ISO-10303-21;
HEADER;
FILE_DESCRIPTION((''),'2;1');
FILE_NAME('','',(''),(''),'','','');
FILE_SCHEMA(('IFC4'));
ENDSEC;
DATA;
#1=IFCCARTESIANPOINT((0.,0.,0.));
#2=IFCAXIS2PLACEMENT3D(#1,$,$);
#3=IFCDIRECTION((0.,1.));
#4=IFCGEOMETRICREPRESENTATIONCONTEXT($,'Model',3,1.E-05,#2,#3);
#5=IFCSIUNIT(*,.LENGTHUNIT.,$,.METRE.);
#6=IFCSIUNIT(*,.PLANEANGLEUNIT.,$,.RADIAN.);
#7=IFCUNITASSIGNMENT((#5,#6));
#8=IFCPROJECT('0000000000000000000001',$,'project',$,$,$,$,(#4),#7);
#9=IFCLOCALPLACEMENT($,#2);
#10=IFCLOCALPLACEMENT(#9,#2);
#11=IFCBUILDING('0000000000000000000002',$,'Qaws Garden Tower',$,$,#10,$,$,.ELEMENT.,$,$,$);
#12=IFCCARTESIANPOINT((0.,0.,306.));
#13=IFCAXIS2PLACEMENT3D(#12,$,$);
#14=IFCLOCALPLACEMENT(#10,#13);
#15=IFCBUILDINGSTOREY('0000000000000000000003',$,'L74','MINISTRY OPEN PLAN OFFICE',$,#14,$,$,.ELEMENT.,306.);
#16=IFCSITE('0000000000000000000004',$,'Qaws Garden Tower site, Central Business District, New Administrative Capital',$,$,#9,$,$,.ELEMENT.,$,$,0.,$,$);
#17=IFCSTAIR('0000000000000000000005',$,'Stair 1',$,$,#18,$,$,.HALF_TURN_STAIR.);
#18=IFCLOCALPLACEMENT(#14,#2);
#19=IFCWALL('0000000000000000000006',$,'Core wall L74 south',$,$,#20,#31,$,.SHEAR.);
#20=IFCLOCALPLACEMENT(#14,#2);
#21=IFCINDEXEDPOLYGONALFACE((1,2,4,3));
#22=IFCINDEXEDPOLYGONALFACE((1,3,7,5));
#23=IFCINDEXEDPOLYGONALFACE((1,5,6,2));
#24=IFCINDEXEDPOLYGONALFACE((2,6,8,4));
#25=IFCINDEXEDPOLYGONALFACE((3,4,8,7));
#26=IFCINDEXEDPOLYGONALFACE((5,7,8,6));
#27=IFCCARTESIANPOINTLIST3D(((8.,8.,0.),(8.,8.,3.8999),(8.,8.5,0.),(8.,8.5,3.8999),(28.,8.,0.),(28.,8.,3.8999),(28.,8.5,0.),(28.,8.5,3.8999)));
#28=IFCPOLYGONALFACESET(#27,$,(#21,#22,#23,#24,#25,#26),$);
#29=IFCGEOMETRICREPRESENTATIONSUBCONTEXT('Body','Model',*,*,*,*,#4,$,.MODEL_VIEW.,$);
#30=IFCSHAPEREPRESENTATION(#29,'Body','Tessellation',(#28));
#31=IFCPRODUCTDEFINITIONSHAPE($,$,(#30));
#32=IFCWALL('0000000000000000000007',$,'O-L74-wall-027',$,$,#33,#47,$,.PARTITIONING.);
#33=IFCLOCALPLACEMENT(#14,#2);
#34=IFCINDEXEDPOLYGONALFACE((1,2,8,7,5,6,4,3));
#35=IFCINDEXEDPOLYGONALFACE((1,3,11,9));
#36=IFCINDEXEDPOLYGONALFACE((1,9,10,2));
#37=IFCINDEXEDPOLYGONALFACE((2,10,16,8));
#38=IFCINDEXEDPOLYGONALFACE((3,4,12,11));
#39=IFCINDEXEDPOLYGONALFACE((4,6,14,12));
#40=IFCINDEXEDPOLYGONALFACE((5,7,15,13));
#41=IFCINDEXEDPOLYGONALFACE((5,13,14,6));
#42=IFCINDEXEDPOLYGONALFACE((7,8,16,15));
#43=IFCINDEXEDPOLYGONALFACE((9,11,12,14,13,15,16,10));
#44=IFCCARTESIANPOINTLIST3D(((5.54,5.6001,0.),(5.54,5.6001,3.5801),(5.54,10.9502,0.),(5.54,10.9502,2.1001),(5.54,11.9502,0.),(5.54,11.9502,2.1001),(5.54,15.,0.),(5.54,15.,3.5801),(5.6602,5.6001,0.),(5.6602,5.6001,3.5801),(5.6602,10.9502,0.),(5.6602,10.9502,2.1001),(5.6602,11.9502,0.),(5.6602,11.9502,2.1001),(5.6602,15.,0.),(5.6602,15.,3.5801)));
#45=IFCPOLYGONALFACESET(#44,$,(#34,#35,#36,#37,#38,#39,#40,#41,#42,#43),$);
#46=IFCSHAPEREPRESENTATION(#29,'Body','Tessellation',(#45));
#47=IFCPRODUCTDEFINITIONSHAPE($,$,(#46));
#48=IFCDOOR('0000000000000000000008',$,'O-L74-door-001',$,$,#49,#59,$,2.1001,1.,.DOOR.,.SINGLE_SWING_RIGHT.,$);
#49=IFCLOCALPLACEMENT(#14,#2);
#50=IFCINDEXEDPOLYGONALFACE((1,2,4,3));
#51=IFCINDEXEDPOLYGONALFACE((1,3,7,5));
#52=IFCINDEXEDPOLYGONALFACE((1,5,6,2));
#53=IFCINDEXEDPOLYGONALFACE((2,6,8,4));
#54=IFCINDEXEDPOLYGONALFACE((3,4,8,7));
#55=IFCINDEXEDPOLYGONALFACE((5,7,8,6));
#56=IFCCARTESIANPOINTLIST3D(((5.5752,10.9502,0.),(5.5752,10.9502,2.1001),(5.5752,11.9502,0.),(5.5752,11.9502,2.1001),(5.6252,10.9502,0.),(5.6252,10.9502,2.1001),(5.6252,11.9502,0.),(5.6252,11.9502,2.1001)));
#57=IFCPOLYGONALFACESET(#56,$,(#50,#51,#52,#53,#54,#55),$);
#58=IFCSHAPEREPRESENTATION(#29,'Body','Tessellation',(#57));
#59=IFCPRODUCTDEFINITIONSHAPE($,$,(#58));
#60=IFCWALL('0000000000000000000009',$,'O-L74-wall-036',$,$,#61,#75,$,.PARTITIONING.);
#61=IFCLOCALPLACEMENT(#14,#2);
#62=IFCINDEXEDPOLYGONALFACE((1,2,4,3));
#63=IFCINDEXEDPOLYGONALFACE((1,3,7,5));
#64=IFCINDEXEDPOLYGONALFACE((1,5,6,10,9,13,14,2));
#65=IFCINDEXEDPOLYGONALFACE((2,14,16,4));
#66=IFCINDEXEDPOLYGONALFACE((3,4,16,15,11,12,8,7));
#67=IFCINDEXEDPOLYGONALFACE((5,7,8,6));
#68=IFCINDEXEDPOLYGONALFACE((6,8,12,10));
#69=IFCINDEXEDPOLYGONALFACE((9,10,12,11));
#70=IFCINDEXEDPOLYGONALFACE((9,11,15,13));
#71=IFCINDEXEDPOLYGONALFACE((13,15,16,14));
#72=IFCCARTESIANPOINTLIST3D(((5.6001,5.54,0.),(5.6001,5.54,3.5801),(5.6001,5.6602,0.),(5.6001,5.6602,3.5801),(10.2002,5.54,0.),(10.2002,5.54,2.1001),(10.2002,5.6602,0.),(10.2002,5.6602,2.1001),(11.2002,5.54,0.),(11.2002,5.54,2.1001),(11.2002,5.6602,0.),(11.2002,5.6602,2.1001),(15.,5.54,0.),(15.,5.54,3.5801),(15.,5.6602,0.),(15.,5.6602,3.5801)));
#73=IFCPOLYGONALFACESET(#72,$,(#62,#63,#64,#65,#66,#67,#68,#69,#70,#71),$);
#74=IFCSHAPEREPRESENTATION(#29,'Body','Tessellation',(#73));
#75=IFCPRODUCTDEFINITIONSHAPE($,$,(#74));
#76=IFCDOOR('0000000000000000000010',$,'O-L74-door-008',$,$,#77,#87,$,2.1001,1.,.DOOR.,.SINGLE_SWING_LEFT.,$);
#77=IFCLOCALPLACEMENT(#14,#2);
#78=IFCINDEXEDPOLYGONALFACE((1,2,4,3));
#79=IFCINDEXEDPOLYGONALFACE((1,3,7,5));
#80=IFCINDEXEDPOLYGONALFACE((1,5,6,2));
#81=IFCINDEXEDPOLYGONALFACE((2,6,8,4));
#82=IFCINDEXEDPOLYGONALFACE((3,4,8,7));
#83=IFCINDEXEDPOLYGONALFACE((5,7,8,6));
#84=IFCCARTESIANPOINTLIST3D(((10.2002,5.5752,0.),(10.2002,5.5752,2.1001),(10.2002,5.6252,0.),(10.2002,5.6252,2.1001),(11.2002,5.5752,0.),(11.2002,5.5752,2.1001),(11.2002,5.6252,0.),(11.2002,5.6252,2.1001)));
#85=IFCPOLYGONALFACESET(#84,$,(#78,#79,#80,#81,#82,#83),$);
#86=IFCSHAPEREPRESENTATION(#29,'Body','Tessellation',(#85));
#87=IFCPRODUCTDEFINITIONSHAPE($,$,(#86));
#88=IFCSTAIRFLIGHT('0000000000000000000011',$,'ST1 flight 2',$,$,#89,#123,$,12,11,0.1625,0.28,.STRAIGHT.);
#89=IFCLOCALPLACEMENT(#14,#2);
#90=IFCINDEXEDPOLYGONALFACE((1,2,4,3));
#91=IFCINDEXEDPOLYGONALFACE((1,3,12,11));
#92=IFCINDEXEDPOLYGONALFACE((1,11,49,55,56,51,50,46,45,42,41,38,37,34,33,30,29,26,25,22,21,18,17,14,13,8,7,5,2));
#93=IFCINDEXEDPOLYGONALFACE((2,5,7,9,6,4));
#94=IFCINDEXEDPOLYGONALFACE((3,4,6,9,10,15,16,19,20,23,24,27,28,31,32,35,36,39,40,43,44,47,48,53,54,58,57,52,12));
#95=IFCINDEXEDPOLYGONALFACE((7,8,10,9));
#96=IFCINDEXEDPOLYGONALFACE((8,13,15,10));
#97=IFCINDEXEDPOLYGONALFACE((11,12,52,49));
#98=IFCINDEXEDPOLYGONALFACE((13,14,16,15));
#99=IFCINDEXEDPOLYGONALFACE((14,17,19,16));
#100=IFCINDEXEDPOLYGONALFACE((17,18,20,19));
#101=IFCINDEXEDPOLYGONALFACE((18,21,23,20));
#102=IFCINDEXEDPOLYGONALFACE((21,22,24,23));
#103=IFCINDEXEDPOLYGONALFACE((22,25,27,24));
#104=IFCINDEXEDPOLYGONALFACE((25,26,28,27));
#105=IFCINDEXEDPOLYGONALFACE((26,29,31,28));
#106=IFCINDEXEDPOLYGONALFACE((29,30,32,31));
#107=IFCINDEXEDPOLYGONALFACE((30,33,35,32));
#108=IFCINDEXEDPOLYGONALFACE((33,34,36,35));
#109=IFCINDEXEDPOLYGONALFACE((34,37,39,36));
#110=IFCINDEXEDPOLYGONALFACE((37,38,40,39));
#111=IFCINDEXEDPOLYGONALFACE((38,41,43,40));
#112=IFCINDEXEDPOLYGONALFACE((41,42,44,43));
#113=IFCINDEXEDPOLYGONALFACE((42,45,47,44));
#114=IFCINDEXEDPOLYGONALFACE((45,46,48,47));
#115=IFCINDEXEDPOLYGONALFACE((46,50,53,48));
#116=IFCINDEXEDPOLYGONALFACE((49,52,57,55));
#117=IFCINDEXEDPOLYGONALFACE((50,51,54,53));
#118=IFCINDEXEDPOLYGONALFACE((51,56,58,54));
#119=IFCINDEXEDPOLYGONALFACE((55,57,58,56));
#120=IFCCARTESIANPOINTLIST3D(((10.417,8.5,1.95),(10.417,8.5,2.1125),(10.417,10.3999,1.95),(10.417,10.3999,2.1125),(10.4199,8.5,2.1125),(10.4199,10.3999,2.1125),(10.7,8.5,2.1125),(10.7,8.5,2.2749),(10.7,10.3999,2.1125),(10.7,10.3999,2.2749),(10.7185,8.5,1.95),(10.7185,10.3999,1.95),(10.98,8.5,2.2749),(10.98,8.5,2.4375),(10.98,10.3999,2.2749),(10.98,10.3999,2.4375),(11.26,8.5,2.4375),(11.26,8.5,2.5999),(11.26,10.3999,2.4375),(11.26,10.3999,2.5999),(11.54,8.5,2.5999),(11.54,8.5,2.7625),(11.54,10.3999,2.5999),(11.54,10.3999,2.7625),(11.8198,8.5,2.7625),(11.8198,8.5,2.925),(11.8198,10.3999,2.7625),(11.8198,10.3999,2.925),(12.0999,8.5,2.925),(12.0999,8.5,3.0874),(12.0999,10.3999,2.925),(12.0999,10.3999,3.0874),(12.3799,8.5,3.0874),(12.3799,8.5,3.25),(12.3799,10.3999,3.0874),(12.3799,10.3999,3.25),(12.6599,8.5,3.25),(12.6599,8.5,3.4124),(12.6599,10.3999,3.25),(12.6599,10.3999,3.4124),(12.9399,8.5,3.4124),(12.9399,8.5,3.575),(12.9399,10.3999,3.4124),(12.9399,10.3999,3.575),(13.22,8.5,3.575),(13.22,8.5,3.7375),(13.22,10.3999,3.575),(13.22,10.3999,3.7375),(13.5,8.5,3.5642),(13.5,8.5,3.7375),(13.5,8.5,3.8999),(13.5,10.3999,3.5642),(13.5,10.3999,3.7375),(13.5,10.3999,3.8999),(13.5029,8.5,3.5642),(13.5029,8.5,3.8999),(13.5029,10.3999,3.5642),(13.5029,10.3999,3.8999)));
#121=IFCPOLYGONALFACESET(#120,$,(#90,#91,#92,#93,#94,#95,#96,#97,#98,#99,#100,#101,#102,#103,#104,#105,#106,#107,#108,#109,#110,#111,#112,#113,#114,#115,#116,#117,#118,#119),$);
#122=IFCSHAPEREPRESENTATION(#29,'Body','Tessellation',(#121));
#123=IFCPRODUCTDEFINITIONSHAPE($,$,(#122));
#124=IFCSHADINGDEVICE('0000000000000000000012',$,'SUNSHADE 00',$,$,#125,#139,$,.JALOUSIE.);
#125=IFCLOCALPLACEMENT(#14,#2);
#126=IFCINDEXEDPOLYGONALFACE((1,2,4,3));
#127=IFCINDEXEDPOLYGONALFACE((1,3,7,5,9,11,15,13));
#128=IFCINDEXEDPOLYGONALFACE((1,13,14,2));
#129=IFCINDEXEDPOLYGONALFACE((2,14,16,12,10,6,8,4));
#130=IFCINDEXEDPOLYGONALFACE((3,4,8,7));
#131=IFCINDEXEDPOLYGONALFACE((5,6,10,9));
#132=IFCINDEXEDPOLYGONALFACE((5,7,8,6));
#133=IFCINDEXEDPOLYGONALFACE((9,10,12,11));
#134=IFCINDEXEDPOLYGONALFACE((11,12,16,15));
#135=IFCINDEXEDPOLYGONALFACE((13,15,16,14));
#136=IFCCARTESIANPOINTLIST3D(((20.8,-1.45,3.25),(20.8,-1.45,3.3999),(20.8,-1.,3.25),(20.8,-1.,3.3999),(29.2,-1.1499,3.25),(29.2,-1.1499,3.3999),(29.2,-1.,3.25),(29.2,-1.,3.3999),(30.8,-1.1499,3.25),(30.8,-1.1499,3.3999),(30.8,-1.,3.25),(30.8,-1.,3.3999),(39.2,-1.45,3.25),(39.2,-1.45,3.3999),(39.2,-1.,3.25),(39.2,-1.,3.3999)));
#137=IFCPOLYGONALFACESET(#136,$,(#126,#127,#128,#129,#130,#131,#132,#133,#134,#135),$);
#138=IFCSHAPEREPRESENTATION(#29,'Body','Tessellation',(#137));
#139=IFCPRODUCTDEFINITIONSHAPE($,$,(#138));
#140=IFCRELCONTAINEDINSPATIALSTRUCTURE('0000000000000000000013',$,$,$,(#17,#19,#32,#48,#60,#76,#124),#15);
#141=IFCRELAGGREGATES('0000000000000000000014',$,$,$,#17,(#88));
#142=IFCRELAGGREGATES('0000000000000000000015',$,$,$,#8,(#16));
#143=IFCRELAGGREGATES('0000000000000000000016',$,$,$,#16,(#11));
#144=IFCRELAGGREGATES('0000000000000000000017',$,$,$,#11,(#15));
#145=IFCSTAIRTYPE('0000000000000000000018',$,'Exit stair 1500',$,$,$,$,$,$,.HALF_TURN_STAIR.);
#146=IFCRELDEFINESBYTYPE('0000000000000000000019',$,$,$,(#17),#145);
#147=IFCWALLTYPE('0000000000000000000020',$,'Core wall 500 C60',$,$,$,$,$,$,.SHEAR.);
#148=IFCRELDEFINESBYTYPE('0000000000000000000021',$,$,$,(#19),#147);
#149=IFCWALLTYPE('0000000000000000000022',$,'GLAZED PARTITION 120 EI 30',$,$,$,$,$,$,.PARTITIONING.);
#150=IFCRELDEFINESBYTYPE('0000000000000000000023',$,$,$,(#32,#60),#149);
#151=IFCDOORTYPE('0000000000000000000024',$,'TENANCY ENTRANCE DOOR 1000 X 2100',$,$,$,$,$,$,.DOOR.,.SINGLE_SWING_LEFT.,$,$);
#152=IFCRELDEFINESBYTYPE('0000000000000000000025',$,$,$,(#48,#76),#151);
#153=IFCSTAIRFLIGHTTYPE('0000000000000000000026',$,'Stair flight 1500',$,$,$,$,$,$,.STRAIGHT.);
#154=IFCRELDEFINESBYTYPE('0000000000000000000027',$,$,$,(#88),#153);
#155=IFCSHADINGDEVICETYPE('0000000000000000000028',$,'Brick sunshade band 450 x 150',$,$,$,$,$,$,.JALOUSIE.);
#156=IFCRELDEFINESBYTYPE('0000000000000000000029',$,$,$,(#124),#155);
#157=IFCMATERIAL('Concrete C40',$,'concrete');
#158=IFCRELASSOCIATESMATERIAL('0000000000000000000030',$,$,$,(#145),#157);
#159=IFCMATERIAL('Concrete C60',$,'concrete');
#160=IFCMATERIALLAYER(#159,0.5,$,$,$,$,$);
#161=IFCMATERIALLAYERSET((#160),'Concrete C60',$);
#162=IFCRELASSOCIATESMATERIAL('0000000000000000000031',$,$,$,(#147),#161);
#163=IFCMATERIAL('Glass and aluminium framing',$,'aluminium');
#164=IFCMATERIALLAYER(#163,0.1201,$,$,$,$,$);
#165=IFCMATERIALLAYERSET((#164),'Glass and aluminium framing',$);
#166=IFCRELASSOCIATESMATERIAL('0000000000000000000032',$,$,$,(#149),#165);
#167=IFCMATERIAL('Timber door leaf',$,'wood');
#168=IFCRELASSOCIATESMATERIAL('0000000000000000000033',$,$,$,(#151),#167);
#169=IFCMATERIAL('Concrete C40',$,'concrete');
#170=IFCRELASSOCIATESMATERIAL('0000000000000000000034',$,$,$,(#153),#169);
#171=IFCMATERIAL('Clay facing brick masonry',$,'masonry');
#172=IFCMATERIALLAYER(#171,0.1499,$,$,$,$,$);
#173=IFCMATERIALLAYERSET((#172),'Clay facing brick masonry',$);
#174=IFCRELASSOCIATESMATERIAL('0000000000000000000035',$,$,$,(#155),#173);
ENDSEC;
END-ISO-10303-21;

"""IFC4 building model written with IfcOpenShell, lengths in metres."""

from ifc_helpers import new_model, si_unit, direction, frame, frame_2d, origin, place, context, subcontext, project, spatial, polyline, rectangle, outline, extrude, material, layer, layer_set, type_object, element, fill, aggregate, save


model = new_model("IFC4")

# Units and contexts
model_context = context("Model", 3, precision=1e-05, world=origin(), true_north=direction((0.0, 1.0)))
body_context = subcontext(model_context, "Body", "Model", "MODEL_VIEW")
ifc_project = project(units=[si_unit("LENGTHUNIT", "METRE"), si_unit("PLANEANGLEUNIT", "RADIAN")], contexts=[model_context])

# Site, building, storey
site_placement = place(None, origin())
site = spatial("IfcSite", under=ifc_project, at=site_placement, Name="Qaws Garden Tower site, Central Business District, New Administrative Capital", CompositionType="ELEMENT", RefElevation=0.0)
building_placement = place(site_placement, origin())
building = spatial("IfcBuilding", under=site, at=building_placement, Name="Qaws Garden Tower", CompositionType="ELEMENT")
storey_placement = place(building_placement, frame((0.0, 0.0, 306.0)))
storey = spatial("IfcBuildingStorey", under=building, at=storey_placement, Name="L74", Description="MINISTRY OPEN PLAN OFFICE", CompositionType="ELEMENT", Elevation=306.0)

# Stair
ifc_material_1 = material(Name="Concrete C40", Category="concrete")
stair_type_1 = type_object("IfcStairType", Name="Exit stair 1500", PredefinedType="HALF_TURN_STAIR", material=ifc_material_1)
placement_1 = place(storey_placement, origin())
stair_1 = element("IfcStair", 1, at=placement_1, inside=storey, type_object=stair_type_1, Name="Stair 1", PredefinedType="HALF_TURN_STAIR")

# Wall
ifc_material_2 = material(Name="Concrete C60", Category="concrete")
ifc_layer_1 = layer(ifc_material_2, 0.5)
ifc_layer_set_1 = layer_set([ifc_layer_1], Name="Concrete C60")
wall_type_1 = type_object("IfcWallType", Name="Core wall 500 C60", PredefinedType="SHEAR", material=ifc_layer_set_1)
wall_1_placement = place(storey_placement, frame((8.0, 8.25, 0.0), z_axis=(0.0, 0.0, 1.0), x_axis=(1.0, 0.0, 0.0)))
element("IfcWall", 2, at=wall_1_placement, inside=storey, type_object=wall_type_1, Name="Core wall L74 south", PredefinedType="SHEAR", context=body_context, shape_type="SweptSolid", body=[
    extrude(rectangle(XDim=20.0, YDim=0.5, at=frame_2d((10.0, 0.0))), origin(), (0.0, 0.0, 1.0), 3.8999),
])

# Walls, openings, doors
ifc_material_3 = material(Name="Glass and aluminium framing", Category="aluminium")
ifc_layer_2 = layer(ifc_material_3, 0.1201)
ifc_layer_set_2 = layer_set([ifc_layer_2], Name="Glass and aluminium framing")
wall_type_2 = type_object("IfcWallType", Name="GLAZED PARTITION 120 EI 30", PredefinedType="PARTITIONING", material=ifc_layer_set_2)
wall_2_placement = place(storey_placement, frame((5.6001, 5.6001, 0.0), z_axis=(0.0, 0.0, 1.0), x_axis=(0.0, 1.0, 0.0)))
wall_2 = element("IfcWall", 3, at=wall_2_placement, inside=storey, type_object=wall_type_2, Name="O-L74-wall-027", PredefinedType="PARTITIONING", context=body_context, shape_type="SweptSolid", body=[
    extrude(rectangle(XDim=9.3999, YDim=0.1201, at=frame_2d((4.7, 0.0))), origin(), (0.0, 0.0, 1.0), 3.5801),
])
opening_1_placement = place(wall_2_placement, frame((5.3501, 0.0, 0.0)))
opening_1 = element("IfcOpeningElement", 4, at=opening_1_placement, cuts=wall_2, PredefinedType="OPENING", context=body_context, shape_type="SweptSolid", body=[
    extrude(rectangle(XDim=1.0, YDim=2.1001, at=frame_2d((0.5, 1.05))), frame((0.0, 0.0701, 0.0), z_axis=(0.0, -1.0, 0.0), x_axis=(1.0, 0.0, 0.0)), (0.0, 0.0, 1.0), 0.1401),
])
ifc_material_4 = material(Name="Timber door leaf", Category="wood")
door_type = type_object("IfcDoorType", Name="TENANCY ENTRANCE DOOR 1000 X 2100", OperationType="SINGLE_SWING_LEFT", PredefinedType="DOOR", material=ifc_material_4)
door_1_placement = place(opening_1_placement, origin())
door_1 = element("IfcDoor", 5, at=door_1_placement, inside=storey, type_object=door_type, Name="O-L74-door-001", OperationType="SINGLE_SWING_RIGHT", OverallHeight=2.1001, OverallWidth=1.0, PredefinedType="DOOR", context=body_context, shape_type="SweptSolid", body=[
    extrude(rectangle(XDim=1.0, YDim=2.1001, at=frame_2d((0.5, 1.05))), frame((0.0, 0.0249, 0.0), z_axis=(0.0, -1.0, 0.0), x_axis=(1.0, 0.0, 0.0)), (0.0, 0.0, 1.0), 0.05),
])
fill(opening_1, door_1)
wall_3_placement = place(storey_placement, frame((5.6001, 5.6001, 0.0), z_axis=(0.0, 0.0, 1.0), x_axis=(1.0, 0.0, 0.0)))
wall_3 = element("IfcWall", 6, at=wall_3_placement, inside=storey, type_object=wall_type_2, Name="O-L74-wall-036", PredefinedType="PARTITIONING", context=body_context, shape_type="SweptSolid", body=[
    extrude(rectangle(XDim=9.3999, YDim=0.1201, at=frame_2d((4.7, 0.0))), origin(), (0.0, 0.0, 1.0), 3.5801),
])
opening_2_placement = place(wall_3_placement, frame((4.6001, 0.0, 0.0)))
opening_2 = element("IfcOpeningElement", 7, at=opening_2_placement, cuts=wall_3, PredefinedType="OPENING", context=body_context, shape_type="SweptSolid", body=[
    extrude(rectangle(XDim=1.0, YDim=2.1001, at=frame_2d((0.5, 1.05))), frame((0.0, 0.0701, 0.0), z_axis=(0.0, -1.0, 0.0), x_axis=(1.0, 0.0, 0.0)), (0.0, 0.0, 1.0), 0.1401),
])
door_2_placement = place(opening_2_placement, frame((1.0, 0.0, 0.0), z_axis=(0.0, 0.0, 1.0), x_axis=(-1.0, 0.0, 0.0)))
door_2 = element("IfcDoor", 8, at=door_2_placement, inside=storey, type_object=door_type, Name="O-L74-door-008", OperationType="SINGLE_SWING_LEFT", OverallHeight=2.1001, OverallWidth=1.0, PredefinedType="DOOR", context=body_context, shape_type="SweptSolid", body=[
    extrude(rectangle(XDim=1.0, YDim=2.1001, at=frame_2d((0.5, 1.05))), frame((0.0, 0.0249, 0.0), z_axis=(0.0, -1.0, 0.0), x_axis=(1.0, 0.0, 0.0)), (0.0, 0.0, 1.0), 0.05),
])
fill(opening_2, door_2)

# Stair flight
ifc_material_5 = material(Name="Concrete C40", Category="concrete")
stair_flight_type = type_object("IfcStairFlightType", Name="Stair flight 1500", PredefinedType="STRAIGHT", material=ifc_material_5)
stair_flight_placement = place(storey_placement, frame((10.4199, 9.45, 1.95), z_axis=(0.0, 0.0, 1.0), x_axis=(1.0, 0.0, 0.0)))
stair_flight = element("IfcStairFlight", 9, at=stair_flight_placement, type_object=stair_flight_type, Name="ST1 flight 2", NumberOfRisers=12, NumberOfTreads=11, PredefinedType="STRAIGHT", RiserHeight=0.1625, TreadLength=0.28, context=body_context, shape_type="SweptSolid", body=[
    extrude(outline(polyline([(-0.0029, 0.0), (-0.0029, 0.1626), (0.0, 0.1626), (0.28, 0.1626), (0.28, 0.325), (0.5601, 0.325), (0.5601, 0.4875), (0.8401, 0.4875), (0.8401, 0.6499), (1.1201, 0.6499), (1.1201, 0.8125), (1.3999, 0.8125), (1.3999, 0.9751), (1.6799, 0.9751), (1.6799, 1.1375), (1.96, 1.1375), (1.96, 1.3), (2.24, 1.3), (2.24, 1.4624), (2.52, 1.4624), (2.52, 1.625), (2.8, 1.625), (2.8, 1.7876), (3.0801, 1.7876), (3.0801, 1.95), (3.083, 1.95), (3.083, 1.6143), (3.0801, 1.6143), (0.2986, 0.0), (-0.0029, 0.0)])), frame((0.0, 0.95, 0.0), z_axis=(0.0, -1.0, 0.0), x_axis=(1.0, 0.0, 0.0)), (0.0, 0.0, 1.0), 1.8999),
])
aggregate(stair_1, [stair_flight])

# Shading device
ifc_material_6 = material(Name="Clay facing brick masonry", Category="masonry")
ifc_layer_3 = layer(ifc_material_6, 0.1499)
ifc_layer_set_3 = layer_set([ifc_layer_3], Name="Clay facing brick masonry")
shading_device_type = type_object("IfcShadingDeviceType", Name="Brick sunshade band 450 x 150", PredefinedType="JALOUSIE", material=ifc_layer_set_3)
shading_device_placement = place(storey_placement, frame((0.0, 0.0, 3.25)))
element("IfcShadingDevice", 10, at=shading_device_placement, inside=storey, type_object=shading_device_type, Name="SUNSHADE 00", PredefinedType="JALOUSIE", context=body_context, shape_type="SweptSolid", body=[
    extrude(outline(polyline([(20.8, -1.0), (20.8, -1.45), (39.2, -1.45), (39.2, -1.0), (30.8, -1.0), (30.8, -1.1499), (29.2, -1.1499), (29.2, -1.0), (20.8, -1.0)])), origin(), (0.0, 0.0, 1.0), 0.1499),
])

save(model, "model.ifc")
